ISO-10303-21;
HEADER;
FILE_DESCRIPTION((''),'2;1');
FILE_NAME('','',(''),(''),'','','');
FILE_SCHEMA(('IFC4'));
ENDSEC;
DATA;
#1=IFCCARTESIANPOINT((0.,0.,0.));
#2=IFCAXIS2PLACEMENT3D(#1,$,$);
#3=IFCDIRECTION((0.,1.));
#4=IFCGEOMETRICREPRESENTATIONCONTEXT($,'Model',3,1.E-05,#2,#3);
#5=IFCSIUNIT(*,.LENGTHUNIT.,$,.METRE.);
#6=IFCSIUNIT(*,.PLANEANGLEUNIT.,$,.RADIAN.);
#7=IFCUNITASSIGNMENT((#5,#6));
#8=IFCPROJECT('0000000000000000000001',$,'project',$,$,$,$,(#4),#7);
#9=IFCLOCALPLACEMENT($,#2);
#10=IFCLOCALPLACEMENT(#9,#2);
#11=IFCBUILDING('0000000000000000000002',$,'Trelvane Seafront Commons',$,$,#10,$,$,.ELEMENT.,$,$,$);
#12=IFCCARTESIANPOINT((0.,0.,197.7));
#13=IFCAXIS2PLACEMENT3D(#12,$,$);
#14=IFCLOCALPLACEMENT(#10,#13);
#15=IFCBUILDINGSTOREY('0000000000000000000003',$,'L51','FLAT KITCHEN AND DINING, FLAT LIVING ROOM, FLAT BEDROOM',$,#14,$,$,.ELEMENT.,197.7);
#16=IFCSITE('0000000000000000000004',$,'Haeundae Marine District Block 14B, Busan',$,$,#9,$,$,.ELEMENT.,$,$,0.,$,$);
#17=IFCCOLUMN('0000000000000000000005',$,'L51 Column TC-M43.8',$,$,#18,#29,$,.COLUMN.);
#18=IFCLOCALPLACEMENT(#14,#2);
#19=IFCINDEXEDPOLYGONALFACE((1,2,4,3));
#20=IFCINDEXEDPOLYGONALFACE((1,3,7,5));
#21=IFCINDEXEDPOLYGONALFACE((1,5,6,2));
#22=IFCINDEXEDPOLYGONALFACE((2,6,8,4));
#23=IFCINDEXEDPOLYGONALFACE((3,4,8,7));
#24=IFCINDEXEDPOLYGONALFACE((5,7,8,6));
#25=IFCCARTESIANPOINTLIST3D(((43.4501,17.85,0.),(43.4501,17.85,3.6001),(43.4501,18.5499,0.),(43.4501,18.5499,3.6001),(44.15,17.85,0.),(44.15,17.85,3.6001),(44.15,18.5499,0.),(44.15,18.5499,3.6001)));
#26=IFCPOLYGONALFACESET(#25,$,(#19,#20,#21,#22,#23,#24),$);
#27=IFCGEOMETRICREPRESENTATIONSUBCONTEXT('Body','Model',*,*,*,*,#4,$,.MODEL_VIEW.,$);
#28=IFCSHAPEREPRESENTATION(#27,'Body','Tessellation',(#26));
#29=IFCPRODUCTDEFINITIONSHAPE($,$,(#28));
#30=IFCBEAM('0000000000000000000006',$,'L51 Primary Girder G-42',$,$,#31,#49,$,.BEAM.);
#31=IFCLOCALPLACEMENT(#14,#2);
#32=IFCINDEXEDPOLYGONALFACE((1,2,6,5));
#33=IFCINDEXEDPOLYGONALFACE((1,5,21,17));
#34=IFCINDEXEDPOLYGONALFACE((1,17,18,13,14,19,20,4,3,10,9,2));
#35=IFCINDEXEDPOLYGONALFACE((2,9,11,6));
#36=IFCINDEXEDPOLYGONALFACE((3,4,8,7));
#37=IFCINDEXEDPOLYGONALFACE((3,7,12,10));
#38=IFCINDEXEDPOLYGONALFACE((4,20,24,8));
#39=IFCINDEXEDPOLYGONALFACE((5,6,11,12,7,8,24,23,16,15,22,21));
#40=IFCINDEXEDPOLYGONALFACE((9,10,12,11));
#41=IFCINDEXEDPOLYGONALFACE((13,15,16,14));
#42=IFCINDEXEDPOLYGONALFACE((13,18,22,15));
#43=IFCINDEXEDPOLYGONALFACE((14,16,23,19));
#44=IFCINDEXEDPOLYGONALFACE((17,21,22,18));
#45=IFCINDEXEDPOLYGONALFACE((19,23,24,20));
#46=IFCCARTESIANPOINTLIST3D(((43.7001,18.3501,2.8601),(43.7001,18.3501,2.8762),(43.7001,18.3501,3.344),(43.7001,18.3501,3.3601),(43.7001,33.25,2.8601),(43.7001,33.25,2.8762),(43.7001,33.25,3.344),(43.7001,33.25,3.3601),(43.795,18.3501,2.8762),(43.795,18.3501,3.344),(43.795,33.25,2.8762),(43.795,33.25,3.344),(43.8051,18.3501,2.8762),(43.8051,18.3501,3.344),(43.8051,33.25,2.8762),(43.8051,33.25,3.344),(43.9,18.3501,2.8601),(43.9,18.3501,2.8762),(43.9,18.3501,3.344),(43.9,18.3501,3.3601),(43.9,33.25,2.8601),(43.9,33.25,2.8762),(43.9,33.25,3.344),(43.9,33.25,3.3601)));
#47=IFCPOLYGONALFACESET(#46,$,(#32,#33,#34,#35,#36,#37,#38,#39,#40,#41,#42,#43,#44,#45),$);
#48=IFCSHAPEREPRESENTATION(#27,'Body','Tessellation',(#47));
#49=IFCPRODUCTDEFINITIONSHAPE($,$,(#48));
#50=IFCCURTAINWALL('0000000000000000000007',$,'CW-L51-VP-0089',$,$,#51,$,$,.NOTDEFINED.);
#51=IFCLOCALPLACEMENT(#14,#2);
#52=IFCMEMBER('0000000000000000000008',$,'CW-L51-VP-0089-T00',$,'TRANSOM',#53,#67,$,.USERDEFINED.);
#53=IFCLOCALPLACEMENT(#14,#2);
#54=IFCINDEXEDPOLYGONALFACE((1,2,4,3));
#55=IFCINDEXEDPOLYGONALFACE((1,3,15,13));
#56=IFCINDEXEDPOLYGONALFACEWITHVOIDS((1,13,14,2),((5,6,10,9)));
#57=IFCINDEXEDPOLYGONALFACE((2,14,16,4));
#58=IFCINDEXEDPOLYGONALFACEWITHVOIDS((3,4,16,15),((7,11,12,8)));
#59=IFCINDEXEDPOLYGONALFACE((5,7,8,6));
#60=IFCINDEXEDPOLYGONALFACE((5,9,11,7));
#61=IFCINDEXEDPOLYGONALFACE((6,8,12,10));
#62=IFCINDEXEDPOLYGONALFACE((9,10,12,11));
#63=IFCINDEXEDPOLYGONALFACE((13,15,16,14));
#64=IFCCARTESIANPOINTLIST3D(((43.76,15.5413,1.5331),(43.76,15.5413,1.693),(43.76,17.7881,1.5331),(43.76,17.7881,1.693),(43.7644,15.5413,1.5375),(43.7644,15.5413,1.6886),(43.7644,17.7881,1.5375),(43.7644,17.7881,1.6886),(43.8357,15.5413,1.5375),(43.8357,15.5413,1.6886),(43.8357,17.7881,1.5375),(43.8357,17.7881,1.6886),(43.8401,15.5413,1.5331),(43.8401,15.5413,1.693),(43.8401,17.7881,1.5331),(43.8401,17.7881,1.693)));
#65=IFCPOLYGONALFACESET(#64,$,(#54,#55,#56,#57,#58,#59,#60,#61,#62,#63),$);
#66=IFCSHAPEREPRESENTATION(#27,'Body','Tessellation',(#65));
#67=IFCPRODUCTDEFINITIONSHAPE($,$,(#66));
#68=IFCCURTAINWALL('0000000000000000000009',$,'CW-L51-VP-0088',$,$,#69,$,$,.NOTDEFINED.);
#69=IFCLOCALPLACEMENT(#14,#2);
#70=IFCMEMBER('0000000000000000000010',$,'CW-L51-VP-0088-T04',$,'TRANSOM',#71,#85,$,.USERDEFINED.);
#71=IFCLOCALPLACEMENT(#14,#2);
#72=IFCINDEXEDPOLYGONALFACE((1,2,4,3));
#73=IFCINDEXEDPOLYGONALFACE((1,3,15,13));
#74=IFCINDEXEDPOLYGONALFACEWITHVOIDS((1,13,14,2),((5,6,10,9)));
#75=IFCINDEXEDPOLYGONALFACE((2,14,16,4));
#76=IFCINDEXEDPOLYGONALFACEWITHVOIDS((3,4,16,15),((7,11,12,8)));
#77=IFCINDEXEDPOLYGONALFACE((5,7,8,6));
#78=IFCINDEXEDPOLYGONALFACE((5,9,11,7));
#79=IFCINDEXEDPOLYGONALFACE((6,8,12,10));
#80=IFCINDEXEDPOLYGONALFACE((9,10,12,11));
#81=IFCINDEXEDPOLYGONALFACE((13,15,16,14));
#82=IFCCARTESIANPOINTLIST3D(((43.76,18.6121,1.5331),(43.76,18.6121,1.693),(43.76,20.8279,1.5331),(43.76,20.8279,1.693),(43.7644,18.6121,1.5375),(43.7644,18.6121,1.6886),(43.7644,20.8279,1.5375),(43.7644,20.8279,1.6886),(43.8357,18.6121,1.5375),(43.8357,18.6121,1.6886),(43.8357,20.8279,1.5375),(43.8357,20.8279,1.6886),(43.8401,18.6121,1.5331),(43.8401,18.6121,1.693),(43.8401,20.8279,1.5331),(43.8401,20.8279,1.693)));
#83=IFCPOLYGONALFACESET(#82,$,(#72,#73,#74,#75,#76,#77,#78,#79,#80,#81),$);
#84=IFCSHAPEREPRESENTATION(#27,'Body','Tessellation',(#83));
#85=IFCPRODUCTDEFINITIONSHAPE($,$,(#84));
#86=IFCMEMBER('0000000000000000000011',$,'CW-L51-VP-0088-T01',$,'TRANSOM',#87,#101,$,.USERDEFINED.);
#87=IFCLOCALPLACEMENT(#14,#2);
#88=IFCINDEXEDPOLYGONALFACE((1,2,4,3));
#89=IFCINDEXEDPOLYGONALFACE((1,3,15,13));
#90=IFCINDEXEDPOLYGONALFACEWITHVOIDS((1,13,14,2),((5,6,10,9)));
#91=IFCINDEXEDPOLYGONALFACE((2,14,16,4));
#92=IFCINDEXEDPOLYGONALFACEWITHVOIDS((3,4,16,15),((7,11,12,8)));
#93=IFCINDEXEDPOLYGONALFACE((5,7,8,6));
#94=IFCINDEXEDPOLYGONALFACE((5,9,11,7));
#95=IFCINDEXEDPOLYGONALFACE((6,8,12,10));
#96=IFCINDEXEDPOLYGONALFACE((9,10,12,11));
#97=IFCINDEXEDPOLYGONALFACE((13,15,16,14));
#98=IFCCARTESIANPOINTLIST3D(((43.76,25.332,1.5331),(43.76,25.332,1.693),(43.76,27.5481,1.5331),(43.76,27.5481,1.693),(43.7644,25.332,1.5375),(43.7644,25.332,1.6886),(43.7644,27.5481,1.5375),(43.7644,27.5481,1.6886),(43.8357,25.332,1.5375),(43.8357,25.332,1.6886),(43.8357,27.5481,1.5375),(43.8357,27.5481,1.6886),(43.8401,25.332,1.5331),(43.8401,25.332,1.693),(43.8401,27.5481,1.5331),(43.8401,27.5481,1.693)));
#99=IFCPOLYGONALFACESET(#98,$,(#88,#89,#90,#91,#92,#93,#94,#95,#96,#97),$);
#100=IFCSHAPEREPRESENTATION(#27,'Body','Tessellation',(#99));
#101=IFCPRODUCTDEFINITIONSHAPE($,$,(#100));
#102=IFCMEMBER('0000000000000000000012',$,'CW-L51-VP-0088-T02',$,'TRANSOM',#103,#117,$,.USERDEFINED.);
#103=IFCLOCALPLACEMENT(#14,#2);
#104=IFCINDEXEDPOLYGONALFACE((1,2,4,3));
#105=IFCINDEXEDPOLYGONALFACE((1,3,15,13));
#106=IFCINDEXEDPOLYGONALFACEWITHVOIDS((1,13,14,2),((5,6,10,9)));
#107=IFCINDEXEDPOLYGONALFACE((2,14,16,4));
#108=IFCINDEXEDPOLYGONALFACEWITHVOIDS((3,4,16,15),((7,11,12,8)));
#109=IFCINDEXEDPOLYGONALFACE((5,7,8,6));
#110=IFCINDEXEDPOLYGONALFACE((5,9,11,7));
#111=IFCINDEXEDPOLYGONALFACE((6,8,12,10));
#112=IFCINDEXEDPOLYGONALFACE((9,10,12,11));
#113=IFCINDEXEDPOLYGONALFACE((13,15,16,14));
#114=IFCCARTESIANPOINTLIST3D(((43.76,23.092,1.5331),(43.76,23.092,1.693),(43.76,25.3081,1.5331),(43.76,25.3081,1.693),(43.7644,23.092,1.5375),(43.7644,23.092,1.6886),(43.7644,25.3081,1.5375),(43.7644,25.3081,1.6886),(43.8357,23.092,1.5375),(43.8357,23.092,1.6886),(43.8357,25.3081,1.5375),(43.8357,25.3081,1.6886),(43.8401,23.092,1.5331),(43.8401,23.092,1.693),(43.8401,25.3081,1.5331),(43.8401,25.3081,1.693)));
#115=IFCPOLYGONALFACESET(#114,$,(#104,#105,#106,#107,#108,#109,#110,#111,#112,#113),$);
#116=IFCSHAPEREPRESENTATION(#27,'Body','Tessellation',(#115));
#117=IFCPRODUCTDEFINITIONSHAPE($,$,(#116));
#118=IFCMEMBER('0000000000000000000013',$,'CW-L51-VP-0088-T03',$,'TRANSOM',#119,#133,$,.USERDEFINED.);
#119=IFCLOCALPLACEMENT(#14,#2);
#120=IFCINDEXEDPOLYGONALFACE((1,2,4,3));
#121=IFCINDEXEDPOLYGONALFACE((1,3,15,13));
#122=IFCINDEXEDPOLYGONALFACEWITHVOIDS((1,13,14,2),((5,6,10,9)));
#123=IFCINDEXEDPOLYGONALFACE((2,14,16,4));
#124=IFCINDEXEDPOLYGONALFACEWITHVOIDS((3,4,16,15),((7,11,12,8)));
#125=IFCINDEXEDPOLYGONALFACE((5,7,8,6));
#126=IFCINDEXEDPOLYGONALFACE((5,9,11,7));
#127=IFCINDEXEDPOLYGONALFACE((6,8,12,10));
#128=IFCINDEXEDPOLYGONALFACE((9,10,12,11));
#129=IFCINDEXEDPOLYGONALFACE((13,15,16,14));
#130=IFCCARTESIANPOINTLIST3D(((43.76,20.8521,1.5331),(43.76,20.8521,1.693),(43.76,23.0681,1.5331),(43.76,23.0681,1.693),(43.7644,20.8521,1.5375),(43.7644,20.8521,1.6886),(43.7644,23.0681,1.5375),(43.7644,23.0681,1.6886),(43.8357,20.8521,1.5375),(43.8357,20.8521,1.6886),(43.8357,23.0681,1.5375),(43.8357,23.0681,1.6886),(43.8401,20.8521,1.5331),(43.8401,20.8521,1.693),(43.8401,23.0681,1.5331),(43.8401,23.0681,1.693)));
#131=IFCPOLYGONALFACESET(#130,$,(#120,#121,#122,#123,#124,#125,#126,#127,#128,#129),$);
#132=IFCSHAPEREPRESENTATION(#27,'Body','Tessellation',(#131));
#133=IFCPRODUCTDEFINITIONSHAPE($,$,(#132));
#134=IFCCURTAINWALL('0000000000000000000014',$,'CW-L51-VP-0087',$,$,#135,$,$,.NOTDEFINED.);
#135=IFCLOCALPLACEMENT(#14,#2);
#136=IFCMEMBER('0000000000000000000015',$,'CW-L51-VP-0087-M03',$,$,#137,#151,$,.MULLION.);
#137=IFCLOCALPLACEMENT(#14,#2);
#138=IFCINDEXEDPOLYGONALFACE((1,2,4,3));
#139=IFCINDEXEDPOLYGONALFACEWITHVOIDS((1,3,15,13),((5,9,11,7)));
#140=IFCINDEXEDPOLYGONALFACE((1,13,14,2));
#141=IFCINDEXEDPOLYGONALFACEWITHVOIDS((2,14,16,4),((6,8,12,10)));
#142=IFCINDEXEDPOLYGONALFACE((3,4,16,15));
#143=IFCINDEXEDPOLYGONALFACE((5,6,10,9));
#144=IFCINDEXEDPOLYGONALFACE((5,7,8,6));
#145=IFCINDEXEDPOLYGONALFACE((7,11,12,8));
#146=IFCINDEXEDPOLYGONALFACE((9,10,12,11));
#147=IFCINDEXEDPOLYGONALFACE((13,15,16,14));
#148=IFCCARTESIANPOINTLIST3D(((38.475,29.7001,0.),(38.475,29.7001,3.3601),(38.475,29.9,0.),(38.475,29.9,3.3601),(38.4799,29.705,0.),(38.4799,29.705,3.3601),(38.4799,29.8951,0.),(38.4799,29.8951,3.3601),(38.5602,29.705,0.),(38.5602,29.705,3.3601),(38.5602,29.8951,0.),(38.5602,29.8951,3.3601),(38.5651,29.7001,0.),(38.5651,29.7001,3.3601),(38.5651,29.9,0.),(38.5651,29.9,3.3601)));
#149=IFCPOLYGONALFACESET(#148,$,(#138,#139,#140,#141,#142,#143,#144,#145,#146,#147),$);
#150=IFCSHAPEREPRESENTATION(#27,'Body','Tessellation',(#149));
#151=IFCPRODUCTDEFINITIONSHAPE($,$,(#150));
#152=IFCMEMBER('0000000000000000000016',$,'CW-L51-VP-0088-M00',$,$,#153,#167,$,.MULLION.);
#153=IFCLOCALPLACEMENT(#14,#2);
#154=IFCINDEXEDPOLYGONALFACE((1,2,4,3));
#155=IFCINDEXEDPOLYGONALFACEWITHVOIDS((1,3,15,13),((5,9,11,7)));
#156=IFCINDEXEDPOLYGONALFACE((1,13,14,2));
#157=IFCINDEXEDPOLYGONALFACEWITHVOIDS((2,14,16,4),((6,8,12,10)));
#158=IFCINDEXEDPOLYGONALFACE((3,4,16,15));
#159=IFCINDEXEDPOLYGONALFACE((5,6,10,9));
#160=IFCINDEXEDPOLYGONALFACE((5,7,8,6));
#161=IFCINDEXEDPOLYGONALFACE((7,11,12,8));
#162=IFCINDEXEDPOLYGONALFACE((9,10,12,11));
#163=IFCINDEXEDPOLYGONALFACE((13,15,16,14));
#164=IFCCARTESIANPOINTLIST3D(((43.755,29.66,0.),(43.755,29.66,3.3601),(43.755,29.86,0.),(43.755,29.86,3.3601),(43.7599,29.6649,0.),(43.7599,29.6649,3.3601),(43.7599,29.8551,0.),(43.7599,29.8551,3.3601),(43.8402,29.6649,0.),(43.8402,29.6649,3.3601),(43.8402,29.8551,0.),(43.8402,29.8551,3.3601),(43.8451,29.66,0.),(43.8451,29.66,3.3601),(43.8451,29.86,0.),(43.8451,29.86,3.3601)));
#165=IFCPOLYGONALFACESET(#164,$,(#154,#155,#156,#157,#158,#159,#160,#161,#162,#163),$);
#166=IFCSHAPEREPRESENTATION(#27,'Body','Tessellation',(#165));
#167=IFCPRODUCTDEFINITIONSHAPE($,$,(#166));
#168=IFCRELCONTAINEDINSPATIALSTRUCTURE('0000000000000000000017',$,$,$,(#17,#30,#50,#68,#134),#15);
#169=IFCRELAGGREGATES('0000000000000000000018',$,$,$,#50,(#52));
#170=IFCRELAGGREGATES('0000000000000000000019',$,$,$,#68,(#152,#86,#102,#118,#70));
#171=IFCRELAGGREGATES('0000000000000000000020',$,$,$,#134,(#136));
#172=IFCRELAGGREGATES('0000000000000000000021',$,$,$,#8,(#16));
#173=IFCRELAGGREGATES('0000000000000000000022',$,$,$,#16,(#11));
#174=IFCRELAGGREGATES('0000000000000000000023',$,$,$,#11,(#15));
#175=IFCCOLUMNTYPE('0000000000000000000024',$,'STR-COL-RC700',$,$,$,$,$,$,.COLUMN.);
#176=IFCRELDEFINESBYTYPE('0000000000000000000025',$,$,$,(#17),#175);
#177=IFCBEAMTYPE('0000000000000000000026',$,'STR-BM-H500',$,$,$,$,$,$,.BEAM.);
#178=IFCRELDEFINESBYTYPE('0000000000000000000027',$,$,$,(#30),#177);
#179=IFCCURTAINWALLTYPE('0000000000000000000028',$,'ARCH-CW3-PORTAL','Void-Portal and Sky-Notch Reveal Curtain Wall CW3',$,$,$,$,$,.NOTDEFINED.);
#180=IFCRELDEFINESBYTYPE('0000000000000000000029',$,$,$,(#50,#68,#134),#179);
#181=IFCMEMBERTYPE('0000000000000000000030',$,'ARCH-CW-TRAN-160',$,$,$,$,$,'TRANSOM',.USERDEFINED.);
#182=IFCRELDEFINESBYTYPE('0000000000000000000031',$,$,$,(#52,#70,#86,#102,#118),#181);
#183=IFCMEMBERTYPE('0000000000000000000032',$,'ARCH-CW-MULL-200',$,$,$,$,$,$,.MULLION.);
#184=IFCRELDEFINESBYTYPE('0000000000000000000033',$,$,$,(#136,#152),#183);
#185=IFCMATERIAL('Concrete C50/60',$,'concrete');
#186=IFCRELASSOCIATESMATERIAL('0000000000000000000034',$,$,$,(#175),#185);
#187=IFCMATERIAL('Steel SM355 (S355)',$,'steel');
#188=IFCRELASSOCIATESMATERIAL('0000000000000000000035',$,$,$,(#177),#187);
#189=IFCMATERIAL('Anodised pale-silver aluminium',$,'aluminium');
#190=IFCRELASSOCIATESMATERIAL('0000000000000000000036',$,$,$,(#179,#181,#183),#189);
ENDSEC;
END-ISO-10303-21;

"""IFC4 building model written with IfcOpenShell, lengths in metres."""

from ifc_helpers import new_model, si_unit, direction, frame, origin, origin_2d, place, context, subcontext, project, spatial, rectangle, hollow_rectangle, i_section, extrude, source, transform, mapped, material, material_profile, profile_set, type_object, element, aggregate, save


model = new_model("IFC4")

# Units and contexts
model_context = context("Model", 3, precision=1e-05, world=origin(), true_north=direction((0.0, 1.0)))
body_context = subcontext(model_context, "Body", "Model", "MODEL_VIEW")
ifc_project = project(units=[si_unit("LENGTHUNIT", "METRE"), si_unit("PLANEANGLEUNIT", "RADIAN")], contexts=[model_context])

# Site, building, storey
site_placement = place(None, origin())
site = spatial("IfcSite", under=ifc_project, at=site_placement, Name="Haeundae Marine District Block 14B, Busan", CompositionType="ELEMENT", RefElevation=0.0)
building_placement = place(site_placement, origin())
building = spatial("IfcBuilding", under=site, at=building_placement, Name="Trelvane Seafront Commons", CompositionType="ELEMENT")
storey_placement = place(building_placement, frame((0.0, 0.0, 197.7)))
storey = spatial("IfcBuildingStorey", under=building, at=storey_placement, Name="L51", Description="FLAT KITCHEN AND DINING, FLAT LIVING ROOM, FLAT BEDROOM", CompositionType="ELEMENT", Elevation=197.7)

# Column
ifc_material_1 = material(Name="Concrete C50/60", Category="concrete")
ifc_material_profile_1 = material_profile(ifc_material_1, rectangle(XDim=0.7, YDim=0.7, at=origin_2d()), Name="RC-700x700")
ifc_profile_set_1 = profile_set([ifc_material_profile_1], Name="Concrete C50/60")
column_type = type_object("IfcColumnType", Name="STR-COL-RC700", PredefinedType="COLUMN", material=ifc_profile_set_1)
shared_shape_1 = source(origin(), body_context, "Body", "SweptSolid", [
    extrude(rectangle(XDim=0.7, YDim=0.7, at=origin_2d()), origin(), (0.0, 0.0, 1.0), 3.6001),
])
column_placement = place(storey_placement, frame((43.8, 18.2, 0.0), z_axis=(0.0, 0.0, 1.0), x_axis=(1.0, 0.0, 0.0)))
element("IfcColumn", 1, at=column_placement, inside=storey, type_object=column_type, Name="L51 Column TC-M43.8", PredefinedType="COLUMN", context=body_context, shape_type="MappedRepresentation", body=[
    mapped(shared_shape_1, transform((0.0, 0.0, 0.0), x_axis=(1.0, 0.0, 0.0), y_axis=(0.0, 1.0, 0.0), z_axis=(0.0, 0.0, 1.0), scale=1.0)),
])

# Beam
ifc_material_2 = material(Name="Steel SM355 (S355)", Category="steel")
ifc_material_profile_2 = material_profile(ifc_material_2, i_section(OverallWidth=0.2, OverallDepth=0.5, WebThickness=0.01, FlangeThickness=0.0161, at=origin_2d()), Name="H-500x200x10x16")
ifc_profile_set_2 = profile_set([ifc_material_profile_2], Name="Steel SM355 (S355)")
beam_type = type_object("IfcBeamType", Name="STR-BM-H500", PredefinedType="BEAM", material=ifc_profile_set_2)
shared_shape_2 = source(origin(), body_context, "Body", "SweptSolid", [
    extrude(i_section(OverallWidth=0.2, OverallDepth=0.5, WebThickness=0.01, FlangeThickness=0.0161, at=origin_2d()), origin(), (0.0, 0.0, 1.0), 14.8999),
])
beam_placement = place(storey_placement, frame((43.8, 18.3501, 3.1101), z_axis=(0.0, 1.0, 0.0), x_axis=(-1.0, 0.0, 0.0)))
element("IfcBeam", 2, at=beam_placement, inside=storey, type_object=beam_type, Name="L51 Primary Girder G-42", PredefinedType="BEAM", context=body_context, shape_type="MappedRepresentation", body=[
    mapped(shared_shape_2, transform((0.0, 0.0, 0.0), x_axis=(1.0, 0.0, 0.0), y_axis=(0.0, 1.0, 0.0), z_axis=(0.0, 0.0, 1.0), scale=1.0)),
])

# Curtain wall, member
ifc_material_3 = material(Name="Anodised pale-silver aluminium", Category="aluminium")
curtain_wall_type = type_object("IfcCurtainWallType", Name="ARCH-CW3-PORTAL", Description="Void-Portal and Sky-Notch Reveal Curtain Wall CW3", PredefinedType="NOTDEFINED", material=ifc_material_3)
curtain_wall_1_placement = place(storey_placement, origin())
curtain_wall_1 = element("IfcCurtainWall", 3, at=curtain_wall_1_placement, inside=storey, type_object=curtain_wall_type, Name="CW-L51-VP-0089", PredefinedType="NOTDEFINED")
ifc_material_profile_3 = material_profile(ifc_material_3, hollow_rectangle(XDim=0.0801, YDim=0.1599, WallThickness=0.0044, at=origin_2d()), Name="TRAN-80x160x4.5")
ifc_profile_set_3 = profile_set([ifc_material_profile_3], Name="Anodised pale-silver aluminium")
member_type_1 = type_object("IfcMemberType", Name="ARCH-CW-TRAN-160", ElementType="TRANSOM", PredefinedType="USERDEFINED", material=ifc_profile_set_3)
shared_shape_3 = source(origin(), body_context, "Body", "SweptSolid", [
    extrude(hollow_rectangle(XDim=0.0801, YDim=0.1599, WallThickness=0.0044, at=origin_2d()), origin(), (0.0, 0.0, 1.0), 2.2468),
])
member_1_placement = place(storey_placement, frame((43.8, 17.7881, 1.613), z_axis=(0.0, -1.0, 0.0), x_axis=(1.0, 0.0, 0.0)))
member_1 = element("IfcMember", 4, at=member_1_placement, type_object=member_type_1, Name="CW-L51-VP-0089-T00", ObjectType="TRANSOM", PredefinedType="USERDEFINED", context=body_context, shape_type="MappedRepresentation", body=[
    mapped(shared_shape_3, transform((0.0, 0.0, 0.0), x_axis=(1.0, 0.0, 0.0), y_axis=(0.0, 1.0, 0.0), z_axis=(0.0, 0.0, 1.0), scale=1.0)),
])

# Curtain wall, members
curtain_wall_2_placement = place(storey_placement, origin())
curtain_wall_2 = element("IfcCurtainWall", 5, at=curtain_wall_2_placement, inside=storey, type_object=curtain_wall_type, Name="CW-L51-VP-0088", PredefinedType="NOTDEFINED")
shared_shape_4 = source(origin(), body_context, "Body", "SweptSolid", [
    extrude(hollow_rectangle(XDim=0.0801, YDim=0.1599, WallThickness=0.0044, at=origin_2d()), origin(), (0.0, 0.0, 1.0), 2.2158),
])
member_2_placement = place(storey_placement, frame((43.8, 20.8279, 1.613), z_axis=(0.0, -1.0, 0.0), x_axis=(1.0, 0.0, 0.0)))
member_2 = element("IfcMember", 6, at=member_2_placement, type_object=member_type_1, Name="CW-L51-VP-0088-T04", ObjectType="TRANSOM", PredefinedType="USERDEFINED", context=body_context, shape_type="MappedRepresentation", body=[
    mapped(shared_shape_4, transform((0.0, 0.0, 0.0), x_axis=(1.0, 0.0, 0.0), y_axis=(0.0, 1.0, 0.0), z_axis=(0.0, 0.0, 1.0), scale=1.0)),
])
shared_shape_5 = source(origin(), body_context, "Body", "SweptSolid", [
    extrude(hollow_rectangle(XDim=0.0801, YDim=0.1599, WallThickness=0.0044, at=origin_2d()), origin(), (0.0, 0.0, 1.0), 2.2161),
])
member_3_placement = place(storey_placement, frame((43.8, 27.5481, 1.613), z_axis=(0.0, -1.0, 0.0), x_axis=(1.0, 0.0, 0.0)))
member_3 = element("IfcMember", 7, at=member_3_placement, type_object=member_type_1, Name="CW-L51-VP-0088-T01", ObjectType="TRANSOM", PredefinedType="USERDEFINED", context=body_context, shape_type="MappedRepresentation", body=[
    mapped(shared_shape_5, transform((0.0, 0.0, 0.0), x_axis=(1.0, 0.0, 0.0), y_axis=(0.0, 1.0, 0.0), z_axis=(0.0, 0.0, 1.0), scale=1.0)),
])
member_4_placement = place(storey_placement, frame((43.8, 25.3081, 1.613), z_axis=(0.0, -1.0, 0.0), x_axis=(1.0, 0.0, 0.0)))
member_4 = element("IfcMember", 8, at=member_4_placement, type_object=member_type_1, Name="CW-L51-VP-0088-T02", ObjectType="TRANSOM", PredefinedType="USERDEFINED", context=body_context, shape_type="MappedRepresentation", body=[
    mapped(shared_shape_5, transform((0.0, 0.0, 0.0), x_axis=(1.0, 0.0, 0.0), y_axis=(0.0, 1.0, 0.0), z_axis=(0.0, 0.0, 1.0), scale=1.0)),
])
member_5_placement = place(storey_placement, frame((43.8, 23.0681, 1.613), z_axis=(0.0, -1.0, 0.0), x_axis=(1.0, 0.0, 0.0)))
member_5 = element("IfcMember", 9, at=member_5_placement, type_object=member_type_1, Name="CW-L51-VP-0088-T03", ObjectType="TRANSOM", PredefinedType="USERDEFINED", context=body_context, shape_type="MappedRepresentation", body=[
    mapped(shared_shape_5, transform((0.0, 0.0, 0.0), x_axis=(1.0, 0.0, 0.0), y_axis=(0.0, 1.0, 0.0), z_axis=(0.0, 0.0, 1.0), scale=1.0)),
])

# Curtain wall, member
curtain_wall_3_placement = place(storey_placement, origin())
curtain_wall_3 = element("IfcCurtainWall", 10, at=curtain_wall_3_placement, inside=storey, type_object=curtain_wall_type, Name="CW-L51-VP-0087", PredefinedType="NOTDEFINED")
ifc_material_profile_4 = material_profile(ifc_material_3, hollow_rectangle(XDim=0.0901, YDim=0.2, WallThickness=0.0049, at=origin_2d()), Name="MULL-90x200x5")
ifc_profile_set_4 = profile_set([ifc_material_profile_4], Name="Anodised pale-silver aluminium")
member_type_2 = type_object("IfcMemberType", Name="ARCH-CW-MULL-200", PredefinedType="MULLION", material=ifc_profile_set_4)
shared_shape_6 = source(origin(), body_context, "Body", "SweptSolid", [
    extrude(hollow_rectangle(XDim=0.0901, YDim=0.2, WallThickness=0.0049, at=origin_2d()), origin(), (0.0, 0.0, 1.0), 3.3601),
])
member_6_placement = place(storey_placement, frame((38.52, 29.8, 0.0), z_axis=(0.0, 0.0, 1.0), x_axis=(1.0, 0.0, 0.0)))
member_6 = element("IfcMember", 11, at=member_6_placement, type_object=member_type_2, Name="CW-L51-VP-0087-M03", PredefinedType="MULLION", context=body_context, shape_type="MappedRepresentation", body=[
    mapped(shared_shape_6, transform((0.0, 0.0, 0.0), x_axis=(1.0, 0.0, 0.0), y_axis=(0.0, 1.0, 0.0), z_axis=(0.0, 0.0, 1.0), scale=1.0)),
])

# Member
member_7_placement = place(storey_placement, frame((43.8, 29.76, 0.0), z_axis=(0.0, 0.0, 1.0), x_axis=(1.0, 0.0, 0.0)))
member_7 = element("IfcMember", 12, at=member_7_placement, type_object=member_type_2, Name="CW-L51-VP-0088-M00", PredefinedType="MULLION", context=body_context, shape_type="MappedRepresentation", body=[
    mapped(shared_shape_6, transform((0.0, 0.0, 0.0), x_axis=(1.0, 0.0, 0.0), y_axis=(0.0, 1.0, 0.0), z_axis=(0.0, 0.0, 1.0), scale=1.0)),
])

aggregate(curtain_wall_1, [member_1])
aggregate(curtain_wall_2, [member_7, member_3, member_4, member_5, member_2])
aggregate(curtain_wall_3, [member_6])

save(model, "model.ifc")
